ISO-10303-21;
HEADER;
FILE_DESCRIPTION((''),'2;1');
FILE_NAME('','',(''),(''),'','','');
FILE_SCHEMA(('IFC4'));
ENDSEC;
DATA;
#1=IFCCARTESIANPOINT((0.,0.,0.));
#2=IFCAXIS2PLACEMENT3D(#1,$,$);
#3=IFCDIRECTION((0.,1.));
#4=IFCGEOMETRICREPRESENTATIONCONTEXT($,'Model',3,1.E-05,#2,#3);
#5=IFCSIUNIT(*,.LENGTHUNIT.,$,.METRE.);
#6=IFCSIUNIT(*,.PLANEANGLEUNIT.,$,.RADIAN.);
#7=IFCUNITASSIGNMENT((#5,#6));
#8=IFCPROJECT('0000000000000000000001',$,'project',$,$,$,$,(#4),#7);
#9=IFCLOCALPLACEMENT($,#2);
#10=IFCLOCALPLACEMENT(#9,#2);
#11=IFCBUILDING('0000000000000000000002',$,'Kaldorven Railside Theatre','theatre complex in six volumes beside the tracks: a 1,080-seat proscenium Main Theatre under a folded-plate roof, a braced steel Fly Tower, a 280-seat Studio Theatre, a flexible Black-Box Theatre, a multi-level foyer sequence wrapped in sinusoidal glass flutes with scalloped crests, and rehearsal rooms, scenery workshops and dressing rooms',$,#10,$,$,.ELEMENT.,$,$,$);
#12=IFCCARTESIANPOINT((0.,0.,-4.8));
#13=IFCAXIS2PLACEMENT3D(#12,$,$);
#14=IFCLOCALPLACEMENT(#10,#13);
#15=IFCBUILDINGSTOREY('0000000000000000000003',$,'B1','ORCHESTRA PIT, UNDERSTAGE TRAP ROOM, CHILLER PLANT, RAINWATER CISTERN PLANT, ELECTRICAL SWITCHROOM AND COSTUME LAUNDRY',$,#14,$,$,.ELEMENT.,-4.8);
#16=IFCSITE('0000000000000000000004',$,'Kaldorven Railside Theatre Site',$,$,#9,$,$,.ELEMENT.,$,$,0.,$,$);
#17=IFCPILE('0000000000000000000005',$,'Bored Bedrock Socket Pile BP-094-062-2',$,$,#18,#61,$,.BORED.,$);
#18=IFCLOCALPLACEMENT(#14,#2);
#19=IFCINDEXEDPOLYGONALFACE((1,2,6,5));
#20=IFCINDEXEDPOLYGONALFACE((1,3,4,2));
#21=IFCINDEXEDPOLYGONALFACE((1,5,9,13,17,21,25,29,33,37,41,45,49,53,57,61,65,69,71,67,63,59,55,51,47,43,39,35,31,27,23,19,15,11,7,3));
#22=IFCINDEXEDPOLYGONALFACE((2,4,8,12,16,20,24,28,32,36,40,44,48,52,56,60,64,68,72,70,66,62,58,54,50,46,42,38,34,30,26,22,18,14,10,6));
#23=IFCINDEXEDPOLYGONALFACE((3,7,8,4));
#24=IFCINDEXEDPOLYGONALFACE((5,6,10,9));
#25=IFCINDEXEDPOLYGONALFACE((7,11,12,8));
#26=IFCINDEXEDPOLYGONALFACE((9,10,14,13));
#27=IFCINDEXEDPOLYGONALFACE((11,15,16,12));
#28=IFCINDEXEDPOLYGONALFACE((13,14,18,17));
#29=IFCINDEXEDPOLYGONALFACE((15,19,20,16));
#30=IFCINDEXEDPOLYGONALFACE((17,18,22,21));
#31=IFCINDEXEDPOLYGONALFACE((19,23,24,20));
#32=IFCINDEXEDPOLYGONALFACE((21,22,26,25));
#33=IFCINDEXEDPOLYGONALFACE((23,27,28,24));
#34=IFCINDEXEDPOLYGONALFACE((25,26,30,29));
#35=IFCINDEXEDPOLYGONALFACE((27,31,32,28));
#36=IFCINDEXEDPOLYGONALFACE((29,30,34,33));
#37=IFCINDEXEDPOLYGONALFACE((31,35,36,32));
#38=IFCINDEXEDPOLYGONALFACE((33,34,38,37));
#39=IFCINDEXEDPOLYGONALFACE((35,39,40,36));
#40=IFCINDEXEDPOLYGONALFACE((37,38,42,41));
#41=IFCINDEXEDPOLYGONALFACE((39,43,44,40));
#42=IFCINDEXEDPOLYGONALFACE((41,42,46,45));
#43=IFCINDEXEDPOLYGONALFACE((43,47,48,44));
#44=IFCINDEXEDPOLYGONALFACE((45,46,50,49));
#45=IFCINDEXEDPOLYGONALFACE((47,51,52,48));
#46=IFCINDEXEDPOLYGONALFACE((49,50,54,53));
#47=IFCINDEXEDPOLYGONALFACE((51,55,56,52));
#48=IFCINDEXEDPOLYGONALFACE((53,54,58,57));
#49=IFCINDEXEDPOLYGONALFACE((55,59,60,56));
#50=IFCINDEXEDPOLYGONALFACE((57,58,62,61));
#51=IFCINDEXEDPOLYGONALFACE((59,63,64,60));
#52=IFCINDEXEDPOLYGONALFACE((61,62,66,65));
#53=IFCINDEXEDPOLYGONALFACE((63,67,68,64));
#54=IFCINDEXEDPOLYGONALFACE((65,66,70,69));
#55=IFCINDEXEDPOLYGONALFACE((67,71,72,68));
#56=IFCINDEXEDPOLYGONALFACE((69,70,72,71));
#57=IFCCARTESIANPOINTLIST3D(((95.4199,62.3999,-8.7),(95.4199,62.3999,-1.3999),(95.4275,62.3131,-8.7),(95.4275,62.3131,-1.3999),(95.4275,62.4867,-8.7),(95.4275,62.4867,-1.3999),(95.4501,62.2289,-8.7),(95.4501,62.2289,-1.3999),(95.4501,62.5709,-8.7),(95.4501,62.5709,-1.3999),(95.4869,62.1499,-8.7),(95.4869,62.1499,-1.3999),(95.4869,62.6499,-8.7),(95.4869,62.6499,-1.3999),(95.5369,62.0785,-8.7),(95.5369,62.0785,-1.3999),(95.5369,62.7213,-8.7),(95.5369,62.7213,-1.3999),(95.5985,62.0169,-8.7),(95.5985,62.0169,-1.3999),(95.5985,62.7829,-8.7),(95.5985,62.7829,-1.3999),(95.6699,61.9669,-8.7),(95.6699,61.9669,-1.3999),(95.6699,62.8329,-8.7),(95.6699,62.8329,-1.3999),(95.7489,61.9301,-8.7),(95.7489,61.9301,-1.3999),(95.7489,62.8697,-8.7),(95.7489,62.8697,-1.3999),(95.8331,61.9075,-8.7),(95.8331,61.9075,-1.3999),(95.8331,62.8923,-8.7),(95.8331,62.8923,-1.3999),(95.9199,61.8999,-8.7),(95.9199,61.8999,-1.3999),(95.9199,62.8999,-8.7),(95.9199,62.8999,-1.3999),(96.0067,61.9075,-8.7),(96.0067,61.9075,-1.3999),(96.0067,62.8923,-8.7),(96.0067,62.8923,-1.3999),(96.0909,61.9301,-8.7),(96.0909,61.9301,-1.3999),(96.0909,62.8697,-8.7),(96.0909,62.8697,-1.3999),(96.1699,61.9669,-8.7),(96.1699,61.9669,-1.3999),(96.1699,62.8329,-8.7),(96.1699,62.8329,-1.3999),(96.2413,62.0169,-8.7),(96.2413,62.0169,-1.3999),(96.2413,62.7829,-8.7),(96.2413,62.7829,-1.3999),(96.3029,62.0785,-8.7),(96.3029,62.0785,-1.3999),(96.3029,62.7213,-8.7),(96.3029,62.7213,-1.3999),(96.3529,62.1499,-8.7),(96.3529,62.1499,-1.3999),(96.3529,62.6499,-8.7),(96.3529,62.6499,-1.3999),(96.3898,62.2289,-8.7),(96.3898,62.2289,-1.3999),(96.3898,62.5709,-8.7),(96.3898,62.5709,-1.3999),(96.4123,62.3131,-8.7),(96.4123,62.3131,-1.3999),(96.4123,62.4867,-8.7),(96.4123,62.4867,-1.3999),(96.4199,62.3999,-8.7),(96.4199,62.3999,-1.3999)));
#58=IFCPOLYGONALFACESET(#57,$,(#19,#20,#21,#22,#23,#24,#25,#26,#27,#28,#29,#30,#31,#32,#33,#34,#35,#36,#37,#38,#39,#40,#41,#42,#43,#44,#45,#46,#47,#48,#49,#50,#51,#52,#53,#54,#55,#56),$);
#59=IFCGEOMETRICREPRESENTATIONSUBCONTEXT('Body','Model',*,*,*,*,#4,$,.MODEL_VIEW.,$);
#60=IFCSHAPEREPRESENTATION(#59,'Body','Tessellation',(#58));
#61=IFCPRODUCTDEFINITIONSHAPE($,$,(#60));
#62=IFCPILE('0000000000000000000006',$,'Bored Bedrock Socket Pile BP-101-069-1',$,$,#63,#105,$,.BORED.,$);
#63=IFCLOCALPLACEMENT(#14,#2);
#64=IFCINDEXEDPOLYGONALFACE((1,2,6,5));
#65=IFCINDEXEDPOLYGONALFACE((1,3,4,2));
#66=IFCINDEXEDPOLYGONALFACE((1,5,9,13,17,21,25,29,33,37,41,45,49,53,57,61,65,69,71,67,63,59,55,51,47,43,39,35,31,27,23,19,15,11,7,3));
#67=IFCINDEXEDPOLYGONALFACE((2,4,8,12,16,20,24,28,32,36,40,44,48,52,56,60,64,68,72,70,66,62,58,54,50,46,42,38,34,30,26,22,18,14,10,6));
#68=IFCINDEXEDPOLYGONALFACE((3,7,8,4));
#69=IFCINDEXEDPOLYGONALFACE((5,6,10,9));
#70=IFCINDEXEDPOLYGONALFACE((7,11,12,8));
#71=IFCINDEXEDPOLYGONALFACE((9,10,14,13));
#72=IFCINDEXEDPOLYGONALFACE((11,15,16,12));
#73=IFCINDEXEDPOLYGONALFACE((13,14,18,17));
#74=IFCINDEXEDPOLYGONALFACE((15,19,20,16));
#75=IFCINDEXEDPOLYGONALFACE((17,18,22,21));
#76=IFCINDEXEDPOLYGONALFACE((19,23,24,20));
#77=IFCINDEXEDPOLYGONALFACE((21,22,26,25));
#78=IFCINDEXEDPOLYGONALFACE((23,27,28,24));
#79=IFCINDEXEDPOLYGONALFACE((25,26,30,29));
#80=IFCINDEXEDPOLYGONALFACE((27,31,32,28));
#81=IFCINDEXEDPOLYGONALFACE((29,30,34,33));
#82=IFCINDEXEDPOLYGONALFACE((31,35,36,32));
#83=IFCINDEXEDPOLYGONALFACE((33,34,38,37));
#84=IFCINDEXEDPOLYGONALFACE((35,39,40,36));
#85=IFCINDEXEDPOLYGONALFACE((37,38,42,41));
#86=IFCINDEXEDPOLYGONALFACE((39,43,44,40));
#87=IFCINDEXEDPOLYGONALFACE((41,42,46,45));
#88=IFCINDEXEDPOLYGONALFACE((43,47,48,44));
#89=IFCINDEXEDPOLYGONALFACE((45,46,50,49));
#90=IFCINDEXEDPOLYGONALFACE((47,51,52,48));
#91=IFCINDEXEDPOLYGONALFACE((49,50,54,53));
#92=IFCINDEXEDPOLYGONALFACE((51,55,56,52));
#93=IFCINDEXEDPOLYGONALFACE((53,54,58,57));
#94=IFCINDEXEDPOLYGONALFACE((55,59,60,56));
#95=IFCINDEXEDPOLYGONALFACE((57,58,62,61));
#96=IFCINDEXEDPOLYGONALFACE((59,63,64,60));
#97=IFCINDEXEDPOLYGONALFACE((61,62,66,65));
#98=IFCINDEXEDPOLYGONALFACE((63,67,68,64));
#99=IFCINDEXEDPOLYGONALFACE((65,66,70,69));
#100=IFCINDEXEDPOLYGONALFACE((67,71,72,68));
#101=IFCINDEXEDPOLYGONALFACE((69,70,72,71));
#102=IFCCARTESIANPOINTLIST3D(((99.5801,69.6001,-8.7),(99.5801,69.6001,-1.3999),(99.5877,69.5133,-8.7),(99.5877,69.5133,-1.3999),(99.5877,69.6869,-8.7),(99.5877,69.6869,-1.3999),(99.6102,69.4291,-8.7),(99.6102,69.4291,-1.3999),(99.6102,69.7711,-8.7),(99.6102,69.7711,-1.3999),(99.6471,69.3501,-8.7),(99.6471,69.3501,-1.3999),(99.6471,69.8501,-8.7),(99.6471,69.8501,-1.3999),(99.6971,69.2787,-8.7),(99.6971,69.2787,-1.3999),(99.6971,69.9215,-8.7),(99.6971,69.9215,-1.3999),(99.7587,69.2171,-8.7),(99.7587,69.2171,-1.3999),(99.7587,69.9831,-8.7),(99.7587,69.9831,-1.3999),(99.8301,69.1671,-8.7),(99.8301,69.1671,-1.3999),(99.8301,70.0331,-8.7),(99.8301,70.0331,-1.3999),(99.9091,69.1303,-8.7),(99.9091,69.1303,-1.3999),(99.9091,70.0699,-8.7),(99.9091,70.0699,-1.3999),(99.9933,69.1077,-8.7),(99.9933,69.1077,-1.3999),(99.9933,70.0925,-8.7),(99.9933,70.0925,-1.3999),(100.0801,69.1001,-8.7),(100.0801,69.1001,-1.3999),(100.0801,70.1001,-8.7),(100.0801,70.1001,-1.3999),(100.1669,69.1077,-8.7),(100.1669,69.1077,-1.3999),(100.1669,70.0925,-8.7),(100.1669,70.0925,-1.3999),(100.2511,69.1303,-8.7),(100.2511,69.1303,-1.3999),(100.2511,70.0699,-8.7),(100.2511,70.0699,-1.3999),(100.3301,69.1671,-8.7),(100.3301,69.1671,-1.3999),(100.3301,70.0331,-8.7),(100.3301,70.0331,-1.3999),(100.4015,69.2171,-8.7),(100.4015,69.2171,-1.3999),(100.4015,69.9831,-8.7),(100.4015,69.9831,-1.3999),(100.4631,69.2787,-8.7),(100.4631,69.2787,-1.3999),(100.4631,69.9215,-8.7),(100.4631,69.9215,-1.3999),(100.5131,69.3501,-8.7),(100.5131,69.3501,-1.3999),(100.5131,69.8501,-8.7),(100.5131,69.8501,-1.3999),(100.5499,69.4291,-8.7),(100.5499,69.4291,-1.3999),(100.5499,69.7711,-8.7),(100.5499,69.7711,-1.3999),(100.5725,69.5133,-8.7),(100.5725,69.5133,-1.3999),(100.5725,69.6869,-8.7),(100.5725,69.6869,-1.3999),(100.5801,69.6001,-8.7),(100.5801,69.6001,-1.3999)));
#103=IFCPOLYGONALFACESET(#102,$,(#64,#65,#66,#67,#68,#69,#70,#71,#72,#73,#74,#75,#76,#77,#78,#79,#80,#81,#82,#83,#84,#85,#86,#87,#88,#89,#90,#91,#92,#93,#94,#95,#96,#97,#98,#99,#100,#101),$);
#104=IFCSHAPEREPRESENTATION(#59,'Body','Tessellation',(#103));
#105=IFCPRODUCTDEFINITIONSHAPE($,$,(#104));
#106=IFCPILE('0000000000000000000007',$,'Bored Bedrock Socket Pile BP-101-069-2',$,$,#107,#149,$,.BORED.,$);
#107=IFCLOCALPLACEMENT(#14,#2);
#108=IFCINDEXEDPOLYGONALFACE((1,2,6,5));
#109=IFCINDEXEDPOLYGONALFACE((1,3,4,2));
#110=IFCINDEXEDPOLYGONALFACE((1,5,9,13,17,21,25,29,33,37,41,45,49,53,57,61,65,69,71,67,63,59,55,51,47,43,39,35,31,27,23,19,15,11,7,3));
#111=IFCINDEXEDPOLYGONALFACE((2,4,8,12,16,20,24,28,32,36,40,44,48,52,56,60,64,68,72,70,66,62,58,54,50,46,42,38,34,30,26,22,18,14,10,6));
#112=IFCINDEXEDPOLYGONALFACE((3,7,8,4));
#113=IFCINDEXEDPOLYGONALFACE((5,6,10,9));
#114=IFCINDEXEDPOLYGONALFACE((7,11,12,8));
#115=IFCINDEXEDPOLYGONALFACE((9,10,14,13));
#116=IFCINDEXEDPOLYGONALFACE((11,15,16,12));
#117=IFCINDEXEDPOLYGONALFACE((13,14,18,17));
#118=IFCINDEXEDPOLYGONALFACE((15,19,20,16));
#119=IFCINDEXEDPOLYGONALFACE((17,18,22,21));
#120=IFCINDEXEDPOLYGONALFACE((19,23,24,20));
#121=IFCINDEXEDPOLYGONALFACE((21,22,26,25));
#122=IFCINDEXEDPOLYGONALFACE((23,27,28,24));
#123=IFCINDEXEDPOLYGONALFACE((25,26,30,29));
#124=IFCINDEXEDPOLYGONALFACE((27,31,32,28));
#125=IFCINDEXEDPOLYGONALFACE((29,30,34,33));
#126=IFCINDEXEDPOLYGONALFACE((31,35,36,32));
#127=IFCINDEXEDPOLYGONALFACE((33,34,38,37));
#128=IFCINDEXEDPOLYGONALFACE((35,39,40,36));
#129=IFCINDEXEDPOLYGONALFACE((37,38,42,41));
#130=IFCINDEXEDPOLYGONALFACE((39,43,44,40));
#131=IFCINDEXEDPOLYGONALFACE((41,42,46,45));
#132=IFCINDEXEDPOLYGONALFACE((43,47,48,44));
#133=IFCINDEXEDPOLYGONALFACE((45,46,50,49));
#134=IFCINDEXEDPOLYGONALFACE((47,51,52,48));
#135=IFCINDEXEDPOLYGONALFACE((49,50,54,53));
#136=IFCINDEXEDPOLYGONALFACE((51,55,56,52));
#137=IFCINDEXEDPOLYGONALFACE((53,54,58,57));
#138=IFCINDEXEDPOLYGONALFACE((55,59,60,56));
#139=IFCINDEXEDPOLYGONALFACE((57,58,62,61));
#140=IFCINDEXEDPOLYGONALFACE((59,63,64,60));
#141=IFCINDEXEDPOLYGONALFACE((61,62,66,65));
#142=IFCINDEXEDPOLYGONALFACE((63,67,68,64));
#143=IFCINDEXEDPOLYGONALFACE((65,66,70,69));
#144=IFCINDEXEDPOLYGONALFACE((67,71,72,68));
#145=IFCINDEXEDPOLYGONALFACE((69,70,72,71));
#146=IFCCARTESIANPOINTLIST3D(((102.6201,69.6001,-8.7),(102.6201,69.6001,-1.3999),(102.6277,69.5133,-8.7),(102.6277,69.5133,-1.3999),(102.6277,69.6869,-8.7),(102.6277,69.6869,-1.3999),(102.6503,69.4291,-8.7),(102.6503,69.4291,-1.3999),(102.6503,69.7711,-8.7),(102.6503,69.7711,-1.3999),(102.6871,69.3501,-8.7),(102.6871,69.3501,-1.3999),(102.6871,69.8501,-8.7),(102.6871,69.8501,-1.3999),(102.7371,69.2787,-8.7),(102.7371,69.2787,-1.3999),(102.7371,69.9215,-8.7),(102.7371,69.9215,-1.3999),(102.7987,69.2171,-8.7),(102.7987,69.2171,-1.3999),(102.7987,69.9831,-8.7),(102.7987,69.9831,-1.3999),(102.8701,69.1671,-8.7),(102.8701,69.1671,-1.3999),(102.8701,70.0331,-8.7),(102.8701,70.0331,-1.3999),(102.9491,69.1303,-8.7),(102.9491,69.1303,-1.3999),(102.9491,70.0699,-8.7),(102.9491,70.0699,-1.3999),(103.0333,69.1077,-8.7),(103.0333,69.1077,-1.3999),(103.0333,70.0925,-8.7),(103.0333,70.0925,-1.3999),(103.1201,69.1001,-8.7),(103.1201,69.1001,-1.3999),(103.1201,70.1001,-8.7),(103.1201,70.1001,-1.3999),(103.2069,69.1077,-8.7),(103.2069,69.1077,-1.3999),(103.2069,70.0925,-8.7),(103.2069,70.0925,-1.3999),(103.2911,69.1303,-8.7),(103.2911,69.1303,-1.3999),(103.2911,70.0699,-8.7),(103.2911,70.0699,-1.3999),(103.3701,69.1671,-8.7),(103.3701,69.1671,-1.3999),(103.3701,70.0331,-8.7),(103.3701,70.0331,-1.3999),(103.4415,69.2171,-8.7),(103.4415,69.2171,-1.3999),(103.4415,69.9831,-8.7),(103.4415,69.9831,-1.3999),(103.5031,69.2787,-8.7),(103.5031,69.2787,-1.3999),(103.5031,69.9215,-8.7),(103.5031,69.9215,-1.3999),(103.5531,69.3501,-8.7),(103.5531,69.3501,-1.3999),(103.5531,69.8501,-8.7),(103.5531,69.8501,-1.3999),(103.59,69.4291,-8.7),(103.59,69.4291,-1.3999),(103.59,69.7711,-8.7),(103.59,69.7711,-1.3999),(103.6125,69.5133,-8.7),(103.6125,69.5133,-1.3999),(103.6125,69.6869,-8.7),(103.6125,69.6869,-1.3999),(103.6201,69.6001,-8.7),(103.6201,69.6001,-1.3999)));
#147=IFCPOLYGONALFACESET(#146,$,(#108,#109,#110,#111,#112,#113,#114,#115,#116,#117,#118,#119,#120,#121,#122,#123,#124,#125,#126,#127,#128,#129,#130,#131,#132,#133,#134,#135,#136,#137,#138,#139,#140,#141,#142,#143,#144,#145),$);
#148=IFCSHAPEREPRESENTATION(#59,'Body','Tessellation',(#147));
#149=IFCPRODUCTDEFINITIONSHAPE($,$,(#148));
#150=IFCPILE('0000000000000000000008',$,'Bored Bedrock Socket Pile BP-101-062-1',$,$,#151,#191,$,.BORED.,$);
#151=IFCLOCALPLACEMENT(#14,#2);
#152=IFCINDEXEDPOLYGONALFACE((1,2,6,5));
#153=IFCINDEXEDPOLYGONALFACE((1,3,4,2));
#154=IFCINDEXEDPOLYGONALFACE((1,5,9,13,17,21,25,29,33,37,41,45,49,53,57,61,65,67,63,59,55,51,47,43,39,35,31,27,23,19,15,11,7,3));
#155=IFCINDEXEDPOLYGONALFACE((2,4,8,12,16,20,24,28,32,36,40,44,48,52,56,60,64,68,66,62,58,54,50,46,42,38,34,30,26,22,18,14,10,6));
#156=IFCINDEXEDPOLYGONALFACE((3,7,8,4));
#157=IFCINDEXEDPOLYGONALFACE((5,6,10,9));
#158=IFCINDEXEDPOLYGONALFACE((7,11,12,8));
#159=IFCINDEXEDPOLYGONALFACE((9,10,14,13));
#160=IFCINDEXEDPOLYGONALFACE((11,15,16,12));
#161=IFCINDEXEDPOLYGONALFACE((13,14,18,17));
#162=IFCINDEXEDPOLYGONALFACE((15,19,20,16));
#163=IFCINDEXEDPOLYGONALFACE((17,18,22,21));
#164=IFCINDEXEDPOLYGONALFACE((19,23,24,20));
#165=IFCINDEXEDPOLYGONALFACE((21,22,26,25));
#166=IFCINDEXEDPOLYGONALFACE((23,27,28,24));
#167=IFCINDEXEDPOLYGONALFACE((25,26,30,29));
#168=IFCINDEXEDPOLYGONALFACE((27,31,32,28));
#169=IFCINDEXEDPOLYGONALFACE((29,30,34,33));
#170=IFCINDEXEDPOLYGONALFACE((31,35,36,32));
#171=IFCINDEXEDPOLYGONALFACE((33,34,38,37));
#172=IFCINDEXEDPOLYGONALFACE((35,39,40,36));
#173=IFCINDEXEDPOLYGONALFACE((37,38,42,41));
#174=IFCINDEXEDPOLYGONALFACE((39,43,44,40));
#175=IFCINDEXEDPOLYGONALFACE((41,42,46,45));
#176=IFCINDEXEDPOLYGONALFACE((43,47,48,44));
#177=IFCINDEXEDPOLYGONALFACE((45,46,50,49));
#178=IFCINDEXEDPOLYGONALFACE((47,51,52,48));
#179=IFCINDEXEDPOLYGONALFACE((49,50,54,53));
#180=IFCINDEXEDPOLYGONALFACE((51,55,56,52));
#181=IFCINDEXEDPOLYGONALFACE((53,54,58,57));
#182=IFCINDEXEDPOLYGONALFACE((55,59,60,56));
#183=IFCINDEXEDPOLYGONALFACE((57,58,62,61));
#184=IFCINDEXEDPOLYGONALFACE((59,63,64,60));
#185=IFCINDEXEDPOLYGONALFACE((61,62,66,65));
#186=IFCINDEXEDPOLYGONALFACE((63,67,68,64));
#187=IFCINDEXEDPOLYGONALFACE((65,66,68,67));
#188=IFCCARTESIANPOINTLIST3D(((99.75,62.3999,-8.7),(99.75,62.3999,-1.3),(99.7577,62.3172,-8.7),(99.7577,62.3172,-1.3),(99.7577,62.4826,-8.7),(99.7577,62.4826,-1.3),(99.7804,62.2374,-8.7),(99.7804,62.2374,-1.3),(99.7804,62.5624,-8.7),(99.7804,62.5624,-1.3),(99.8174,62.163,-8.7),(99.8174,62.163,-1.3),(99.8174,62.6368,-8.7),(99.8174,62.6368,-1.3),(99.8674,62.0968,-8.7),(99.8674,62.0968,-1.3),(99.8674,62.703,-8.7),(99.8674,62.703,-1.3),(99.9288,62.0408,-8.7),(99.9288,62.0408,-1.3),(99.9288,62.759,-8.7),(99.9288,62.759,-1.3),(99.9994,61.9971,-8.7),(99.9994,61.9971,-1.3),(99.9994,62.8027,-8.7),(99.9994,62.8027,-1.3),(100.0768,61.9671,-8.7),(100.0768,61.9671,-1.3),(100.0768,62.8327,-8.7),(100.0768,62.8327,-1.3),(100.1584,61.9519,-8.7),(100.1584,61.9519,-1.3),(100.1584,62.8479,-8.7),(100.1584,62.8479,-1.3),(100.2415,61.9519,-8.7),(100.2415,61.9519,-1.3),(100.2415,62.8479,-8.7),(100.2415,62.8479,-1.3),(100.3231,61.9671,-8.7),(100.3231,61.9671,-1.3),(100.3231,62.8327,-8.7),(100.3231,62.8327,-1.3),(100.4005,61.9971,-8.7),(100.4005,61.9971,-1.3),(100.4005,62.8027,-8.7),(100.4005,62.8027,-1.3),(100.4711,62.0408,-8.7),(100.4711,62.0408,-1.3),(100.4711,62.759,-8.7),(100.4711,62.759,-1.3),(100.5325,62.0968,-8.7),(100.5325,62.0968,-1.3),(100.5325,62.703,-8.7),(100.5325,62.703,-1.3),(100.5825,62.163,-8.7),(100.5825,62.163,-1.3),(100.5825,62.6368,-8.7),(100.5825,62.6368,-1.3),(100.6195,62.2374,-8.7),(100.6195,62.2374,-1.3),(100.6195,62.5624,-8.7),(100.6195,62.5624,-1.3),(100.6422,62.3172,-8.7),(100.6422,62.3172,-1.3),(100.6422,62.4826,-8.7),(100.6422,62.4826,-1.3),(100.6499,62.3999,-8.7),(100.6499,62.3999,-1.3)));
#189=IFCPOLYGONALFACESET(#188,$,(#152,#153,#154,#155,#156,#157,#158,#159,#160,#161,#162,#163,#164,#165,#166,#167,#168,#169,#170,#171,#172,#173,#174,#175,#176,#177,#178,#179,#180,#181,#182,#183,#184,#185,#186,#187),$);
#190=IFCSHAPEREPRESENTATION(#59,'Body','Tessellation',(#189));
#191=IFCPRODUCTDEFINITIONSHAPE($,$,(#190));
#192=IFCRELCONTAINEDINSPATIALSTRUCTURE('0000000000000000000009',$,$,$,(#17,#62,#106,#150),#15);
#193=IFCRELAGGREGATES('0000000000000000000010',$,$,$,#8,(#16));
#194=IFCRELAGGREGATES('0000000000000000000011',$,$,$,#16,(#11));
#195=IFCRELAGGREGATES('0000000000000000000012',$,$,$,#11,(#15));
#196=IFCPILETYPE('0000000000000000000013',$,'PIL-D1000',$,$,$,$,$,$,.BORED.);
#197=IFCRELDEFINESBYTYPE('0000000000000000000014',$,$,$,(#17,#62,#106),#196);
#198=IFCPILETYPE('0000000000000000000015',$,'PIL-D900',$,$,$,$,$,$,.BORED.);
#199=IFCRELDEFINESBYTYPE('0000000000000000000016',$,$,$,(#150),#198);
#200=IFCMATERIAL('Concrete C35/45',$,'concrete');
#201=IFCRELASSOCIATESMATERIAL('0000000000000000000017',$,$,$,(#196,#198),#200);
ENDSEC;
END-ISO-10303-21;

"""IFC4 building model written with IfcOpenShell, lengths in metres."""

from ifc_helpers import new_model, si_unit, direction, frame, origin, origin_2d, place, context, subcontext, project, spatial, circle, extrude, material, material_profile, profile_set, type_object, element, save


model = new_model("IFC4")

# Units and contexts
model_context = context("Model", 3, precision=1e-05, world=origin(), true_north=direction((0.0, 1.0)))
body_context = subcontext(model_context, "Body", "Model", "MODEL_VIEW")
ifc_project = project(units=[si_unit("LENGTHUNIT", "METRE"), si_unit("PLANEANGLEUNIT", "RADIAN")], contexts=[model_context])

# Site, building, storey
site_placement = place(None, origin())
site = spatial("IfcSite", under=ifc_project, at=site_placement, Name="Kaldorven Railside Theatre Site", CompositionType="ELEMENT", RefElevation=0.0)
building_placement = place(site_placement, origin())
building = spatial("IfcBuilding", under=site, at=building_placement, Name="Kaldorven Railside Theatre", Description="theatre complex in six volumes beside the tracks: a 1,080-seat proscenium Main Theatre under a folded-plate roof, a braced steel Fly Tower, a 280-seat Studio Theatre, a flexible Black-Box Theatre, a multi-level foyer sequence wrapped in sinusoidal glass flutes with scalloped crests, and rehearsal rooms, scenery workshops and dressing rooms", CompositionType="ELEMENT")
storey_placement = place(building_placement, frame((0.0, 0.0, -4.8)))
storey = spatial("IfcBuildingStorey", under=building, at=storey_placement, Name="B1", Description="ORCHESTRA PIT, UNDERSTAGE TRAP ROOM, CHILLER PLANT, RAINWATER CISTERN PLANT, ELECTRICAL SWITCHROOM AND COSTUME LAUNDRY", CompositionType="ELEMENT", Elevation=-4.8)

# Piles
ifc_material_1 = material(Name="Concrete C35/45", Category="concrete")
ifc_material_profile_1 = material_profile(ifc_material_1, circle(Radius=0.5, at=origin_2d()), Name="BP D1000")
ifc_profile_set_1 = profile_set([ifc_material_profile_1], Name="Concrete C35/45")
pile_type_1 = type_object("IfcPileType", Name="PIL-D1000", PredefinedType="BORED", material=ifc_profile_set_1)
for number, where, z_axis, x_axis, name in (
    (1, (95.9199, 62.3999, -1.3999), (0.0, 0.0, -1.0), (1.0, 0.0, 0.0), "Bored Bedrock Socket Pile BP-094-062-2"),
    (2, (100.0801, 69.6001, -1.3999), (0.0, 0.0, -1.0), (1.0, 0.0, 0.0), "Bored Bedrock Socket Pile BP-101-069-1"),
    (3, (103.1201, 69.6001, -1.3999), (0.0, 0.0, -1.0), (1.0, 0.0, 0.0), "Bored Bedrock Socket Pile BP-101-069-2"),
):
    element("IfcPile", number, at=place(storey_placement, frame(where, z_axis=z_axis, x_axis=x_axis)), inside=storey, type_object=pile_type_1, Name=name, PredefinedType="BORED", context=body_context, shape_type="SweptSolid", body=[
        extrude(circle(Radius=0.5, at=origin_2d()), origin(), (0.0, 0.0, 1.0), 7.3),
    ])
ifc_material_profile_2 = material_profile(ifc_material_1, circle(Radius=0.45, at=origin_2d()), Name="BP D900")
ifc_profile_set_2 = profile_set([ifc_material_profile_2], Name="Concrete C35/45")
pile_type_2 = type_object("IfcPileType", Name="PIL-D900", PredefinedType="BORED", material=ifc_profile_set_2)
for number, where, z_axis, x_axis, name in (
    (4, (100.2, 62.3999, -1.3), (0.0, 0.0, -1.0), (1.0, 0.0, 0.0), "Bored Bedrock Socket Pile BP-101-062-1"),
):
    element("IfcPile", number, at=place(storey_placement, frame(where, z_axis=z_axis, x_axis=x_axis)), inside=storey, type_object=pile_type_2, Name=name, PredefinedType="BORED", context=body_context, shape_type="SweptSolid", body=[
        extrude(circle(Radius=0.45, at=origin_2d()), origin(), (0.0, 0.0, 1.0), 7.3999),
    ])

save(model, "model.ifc")
